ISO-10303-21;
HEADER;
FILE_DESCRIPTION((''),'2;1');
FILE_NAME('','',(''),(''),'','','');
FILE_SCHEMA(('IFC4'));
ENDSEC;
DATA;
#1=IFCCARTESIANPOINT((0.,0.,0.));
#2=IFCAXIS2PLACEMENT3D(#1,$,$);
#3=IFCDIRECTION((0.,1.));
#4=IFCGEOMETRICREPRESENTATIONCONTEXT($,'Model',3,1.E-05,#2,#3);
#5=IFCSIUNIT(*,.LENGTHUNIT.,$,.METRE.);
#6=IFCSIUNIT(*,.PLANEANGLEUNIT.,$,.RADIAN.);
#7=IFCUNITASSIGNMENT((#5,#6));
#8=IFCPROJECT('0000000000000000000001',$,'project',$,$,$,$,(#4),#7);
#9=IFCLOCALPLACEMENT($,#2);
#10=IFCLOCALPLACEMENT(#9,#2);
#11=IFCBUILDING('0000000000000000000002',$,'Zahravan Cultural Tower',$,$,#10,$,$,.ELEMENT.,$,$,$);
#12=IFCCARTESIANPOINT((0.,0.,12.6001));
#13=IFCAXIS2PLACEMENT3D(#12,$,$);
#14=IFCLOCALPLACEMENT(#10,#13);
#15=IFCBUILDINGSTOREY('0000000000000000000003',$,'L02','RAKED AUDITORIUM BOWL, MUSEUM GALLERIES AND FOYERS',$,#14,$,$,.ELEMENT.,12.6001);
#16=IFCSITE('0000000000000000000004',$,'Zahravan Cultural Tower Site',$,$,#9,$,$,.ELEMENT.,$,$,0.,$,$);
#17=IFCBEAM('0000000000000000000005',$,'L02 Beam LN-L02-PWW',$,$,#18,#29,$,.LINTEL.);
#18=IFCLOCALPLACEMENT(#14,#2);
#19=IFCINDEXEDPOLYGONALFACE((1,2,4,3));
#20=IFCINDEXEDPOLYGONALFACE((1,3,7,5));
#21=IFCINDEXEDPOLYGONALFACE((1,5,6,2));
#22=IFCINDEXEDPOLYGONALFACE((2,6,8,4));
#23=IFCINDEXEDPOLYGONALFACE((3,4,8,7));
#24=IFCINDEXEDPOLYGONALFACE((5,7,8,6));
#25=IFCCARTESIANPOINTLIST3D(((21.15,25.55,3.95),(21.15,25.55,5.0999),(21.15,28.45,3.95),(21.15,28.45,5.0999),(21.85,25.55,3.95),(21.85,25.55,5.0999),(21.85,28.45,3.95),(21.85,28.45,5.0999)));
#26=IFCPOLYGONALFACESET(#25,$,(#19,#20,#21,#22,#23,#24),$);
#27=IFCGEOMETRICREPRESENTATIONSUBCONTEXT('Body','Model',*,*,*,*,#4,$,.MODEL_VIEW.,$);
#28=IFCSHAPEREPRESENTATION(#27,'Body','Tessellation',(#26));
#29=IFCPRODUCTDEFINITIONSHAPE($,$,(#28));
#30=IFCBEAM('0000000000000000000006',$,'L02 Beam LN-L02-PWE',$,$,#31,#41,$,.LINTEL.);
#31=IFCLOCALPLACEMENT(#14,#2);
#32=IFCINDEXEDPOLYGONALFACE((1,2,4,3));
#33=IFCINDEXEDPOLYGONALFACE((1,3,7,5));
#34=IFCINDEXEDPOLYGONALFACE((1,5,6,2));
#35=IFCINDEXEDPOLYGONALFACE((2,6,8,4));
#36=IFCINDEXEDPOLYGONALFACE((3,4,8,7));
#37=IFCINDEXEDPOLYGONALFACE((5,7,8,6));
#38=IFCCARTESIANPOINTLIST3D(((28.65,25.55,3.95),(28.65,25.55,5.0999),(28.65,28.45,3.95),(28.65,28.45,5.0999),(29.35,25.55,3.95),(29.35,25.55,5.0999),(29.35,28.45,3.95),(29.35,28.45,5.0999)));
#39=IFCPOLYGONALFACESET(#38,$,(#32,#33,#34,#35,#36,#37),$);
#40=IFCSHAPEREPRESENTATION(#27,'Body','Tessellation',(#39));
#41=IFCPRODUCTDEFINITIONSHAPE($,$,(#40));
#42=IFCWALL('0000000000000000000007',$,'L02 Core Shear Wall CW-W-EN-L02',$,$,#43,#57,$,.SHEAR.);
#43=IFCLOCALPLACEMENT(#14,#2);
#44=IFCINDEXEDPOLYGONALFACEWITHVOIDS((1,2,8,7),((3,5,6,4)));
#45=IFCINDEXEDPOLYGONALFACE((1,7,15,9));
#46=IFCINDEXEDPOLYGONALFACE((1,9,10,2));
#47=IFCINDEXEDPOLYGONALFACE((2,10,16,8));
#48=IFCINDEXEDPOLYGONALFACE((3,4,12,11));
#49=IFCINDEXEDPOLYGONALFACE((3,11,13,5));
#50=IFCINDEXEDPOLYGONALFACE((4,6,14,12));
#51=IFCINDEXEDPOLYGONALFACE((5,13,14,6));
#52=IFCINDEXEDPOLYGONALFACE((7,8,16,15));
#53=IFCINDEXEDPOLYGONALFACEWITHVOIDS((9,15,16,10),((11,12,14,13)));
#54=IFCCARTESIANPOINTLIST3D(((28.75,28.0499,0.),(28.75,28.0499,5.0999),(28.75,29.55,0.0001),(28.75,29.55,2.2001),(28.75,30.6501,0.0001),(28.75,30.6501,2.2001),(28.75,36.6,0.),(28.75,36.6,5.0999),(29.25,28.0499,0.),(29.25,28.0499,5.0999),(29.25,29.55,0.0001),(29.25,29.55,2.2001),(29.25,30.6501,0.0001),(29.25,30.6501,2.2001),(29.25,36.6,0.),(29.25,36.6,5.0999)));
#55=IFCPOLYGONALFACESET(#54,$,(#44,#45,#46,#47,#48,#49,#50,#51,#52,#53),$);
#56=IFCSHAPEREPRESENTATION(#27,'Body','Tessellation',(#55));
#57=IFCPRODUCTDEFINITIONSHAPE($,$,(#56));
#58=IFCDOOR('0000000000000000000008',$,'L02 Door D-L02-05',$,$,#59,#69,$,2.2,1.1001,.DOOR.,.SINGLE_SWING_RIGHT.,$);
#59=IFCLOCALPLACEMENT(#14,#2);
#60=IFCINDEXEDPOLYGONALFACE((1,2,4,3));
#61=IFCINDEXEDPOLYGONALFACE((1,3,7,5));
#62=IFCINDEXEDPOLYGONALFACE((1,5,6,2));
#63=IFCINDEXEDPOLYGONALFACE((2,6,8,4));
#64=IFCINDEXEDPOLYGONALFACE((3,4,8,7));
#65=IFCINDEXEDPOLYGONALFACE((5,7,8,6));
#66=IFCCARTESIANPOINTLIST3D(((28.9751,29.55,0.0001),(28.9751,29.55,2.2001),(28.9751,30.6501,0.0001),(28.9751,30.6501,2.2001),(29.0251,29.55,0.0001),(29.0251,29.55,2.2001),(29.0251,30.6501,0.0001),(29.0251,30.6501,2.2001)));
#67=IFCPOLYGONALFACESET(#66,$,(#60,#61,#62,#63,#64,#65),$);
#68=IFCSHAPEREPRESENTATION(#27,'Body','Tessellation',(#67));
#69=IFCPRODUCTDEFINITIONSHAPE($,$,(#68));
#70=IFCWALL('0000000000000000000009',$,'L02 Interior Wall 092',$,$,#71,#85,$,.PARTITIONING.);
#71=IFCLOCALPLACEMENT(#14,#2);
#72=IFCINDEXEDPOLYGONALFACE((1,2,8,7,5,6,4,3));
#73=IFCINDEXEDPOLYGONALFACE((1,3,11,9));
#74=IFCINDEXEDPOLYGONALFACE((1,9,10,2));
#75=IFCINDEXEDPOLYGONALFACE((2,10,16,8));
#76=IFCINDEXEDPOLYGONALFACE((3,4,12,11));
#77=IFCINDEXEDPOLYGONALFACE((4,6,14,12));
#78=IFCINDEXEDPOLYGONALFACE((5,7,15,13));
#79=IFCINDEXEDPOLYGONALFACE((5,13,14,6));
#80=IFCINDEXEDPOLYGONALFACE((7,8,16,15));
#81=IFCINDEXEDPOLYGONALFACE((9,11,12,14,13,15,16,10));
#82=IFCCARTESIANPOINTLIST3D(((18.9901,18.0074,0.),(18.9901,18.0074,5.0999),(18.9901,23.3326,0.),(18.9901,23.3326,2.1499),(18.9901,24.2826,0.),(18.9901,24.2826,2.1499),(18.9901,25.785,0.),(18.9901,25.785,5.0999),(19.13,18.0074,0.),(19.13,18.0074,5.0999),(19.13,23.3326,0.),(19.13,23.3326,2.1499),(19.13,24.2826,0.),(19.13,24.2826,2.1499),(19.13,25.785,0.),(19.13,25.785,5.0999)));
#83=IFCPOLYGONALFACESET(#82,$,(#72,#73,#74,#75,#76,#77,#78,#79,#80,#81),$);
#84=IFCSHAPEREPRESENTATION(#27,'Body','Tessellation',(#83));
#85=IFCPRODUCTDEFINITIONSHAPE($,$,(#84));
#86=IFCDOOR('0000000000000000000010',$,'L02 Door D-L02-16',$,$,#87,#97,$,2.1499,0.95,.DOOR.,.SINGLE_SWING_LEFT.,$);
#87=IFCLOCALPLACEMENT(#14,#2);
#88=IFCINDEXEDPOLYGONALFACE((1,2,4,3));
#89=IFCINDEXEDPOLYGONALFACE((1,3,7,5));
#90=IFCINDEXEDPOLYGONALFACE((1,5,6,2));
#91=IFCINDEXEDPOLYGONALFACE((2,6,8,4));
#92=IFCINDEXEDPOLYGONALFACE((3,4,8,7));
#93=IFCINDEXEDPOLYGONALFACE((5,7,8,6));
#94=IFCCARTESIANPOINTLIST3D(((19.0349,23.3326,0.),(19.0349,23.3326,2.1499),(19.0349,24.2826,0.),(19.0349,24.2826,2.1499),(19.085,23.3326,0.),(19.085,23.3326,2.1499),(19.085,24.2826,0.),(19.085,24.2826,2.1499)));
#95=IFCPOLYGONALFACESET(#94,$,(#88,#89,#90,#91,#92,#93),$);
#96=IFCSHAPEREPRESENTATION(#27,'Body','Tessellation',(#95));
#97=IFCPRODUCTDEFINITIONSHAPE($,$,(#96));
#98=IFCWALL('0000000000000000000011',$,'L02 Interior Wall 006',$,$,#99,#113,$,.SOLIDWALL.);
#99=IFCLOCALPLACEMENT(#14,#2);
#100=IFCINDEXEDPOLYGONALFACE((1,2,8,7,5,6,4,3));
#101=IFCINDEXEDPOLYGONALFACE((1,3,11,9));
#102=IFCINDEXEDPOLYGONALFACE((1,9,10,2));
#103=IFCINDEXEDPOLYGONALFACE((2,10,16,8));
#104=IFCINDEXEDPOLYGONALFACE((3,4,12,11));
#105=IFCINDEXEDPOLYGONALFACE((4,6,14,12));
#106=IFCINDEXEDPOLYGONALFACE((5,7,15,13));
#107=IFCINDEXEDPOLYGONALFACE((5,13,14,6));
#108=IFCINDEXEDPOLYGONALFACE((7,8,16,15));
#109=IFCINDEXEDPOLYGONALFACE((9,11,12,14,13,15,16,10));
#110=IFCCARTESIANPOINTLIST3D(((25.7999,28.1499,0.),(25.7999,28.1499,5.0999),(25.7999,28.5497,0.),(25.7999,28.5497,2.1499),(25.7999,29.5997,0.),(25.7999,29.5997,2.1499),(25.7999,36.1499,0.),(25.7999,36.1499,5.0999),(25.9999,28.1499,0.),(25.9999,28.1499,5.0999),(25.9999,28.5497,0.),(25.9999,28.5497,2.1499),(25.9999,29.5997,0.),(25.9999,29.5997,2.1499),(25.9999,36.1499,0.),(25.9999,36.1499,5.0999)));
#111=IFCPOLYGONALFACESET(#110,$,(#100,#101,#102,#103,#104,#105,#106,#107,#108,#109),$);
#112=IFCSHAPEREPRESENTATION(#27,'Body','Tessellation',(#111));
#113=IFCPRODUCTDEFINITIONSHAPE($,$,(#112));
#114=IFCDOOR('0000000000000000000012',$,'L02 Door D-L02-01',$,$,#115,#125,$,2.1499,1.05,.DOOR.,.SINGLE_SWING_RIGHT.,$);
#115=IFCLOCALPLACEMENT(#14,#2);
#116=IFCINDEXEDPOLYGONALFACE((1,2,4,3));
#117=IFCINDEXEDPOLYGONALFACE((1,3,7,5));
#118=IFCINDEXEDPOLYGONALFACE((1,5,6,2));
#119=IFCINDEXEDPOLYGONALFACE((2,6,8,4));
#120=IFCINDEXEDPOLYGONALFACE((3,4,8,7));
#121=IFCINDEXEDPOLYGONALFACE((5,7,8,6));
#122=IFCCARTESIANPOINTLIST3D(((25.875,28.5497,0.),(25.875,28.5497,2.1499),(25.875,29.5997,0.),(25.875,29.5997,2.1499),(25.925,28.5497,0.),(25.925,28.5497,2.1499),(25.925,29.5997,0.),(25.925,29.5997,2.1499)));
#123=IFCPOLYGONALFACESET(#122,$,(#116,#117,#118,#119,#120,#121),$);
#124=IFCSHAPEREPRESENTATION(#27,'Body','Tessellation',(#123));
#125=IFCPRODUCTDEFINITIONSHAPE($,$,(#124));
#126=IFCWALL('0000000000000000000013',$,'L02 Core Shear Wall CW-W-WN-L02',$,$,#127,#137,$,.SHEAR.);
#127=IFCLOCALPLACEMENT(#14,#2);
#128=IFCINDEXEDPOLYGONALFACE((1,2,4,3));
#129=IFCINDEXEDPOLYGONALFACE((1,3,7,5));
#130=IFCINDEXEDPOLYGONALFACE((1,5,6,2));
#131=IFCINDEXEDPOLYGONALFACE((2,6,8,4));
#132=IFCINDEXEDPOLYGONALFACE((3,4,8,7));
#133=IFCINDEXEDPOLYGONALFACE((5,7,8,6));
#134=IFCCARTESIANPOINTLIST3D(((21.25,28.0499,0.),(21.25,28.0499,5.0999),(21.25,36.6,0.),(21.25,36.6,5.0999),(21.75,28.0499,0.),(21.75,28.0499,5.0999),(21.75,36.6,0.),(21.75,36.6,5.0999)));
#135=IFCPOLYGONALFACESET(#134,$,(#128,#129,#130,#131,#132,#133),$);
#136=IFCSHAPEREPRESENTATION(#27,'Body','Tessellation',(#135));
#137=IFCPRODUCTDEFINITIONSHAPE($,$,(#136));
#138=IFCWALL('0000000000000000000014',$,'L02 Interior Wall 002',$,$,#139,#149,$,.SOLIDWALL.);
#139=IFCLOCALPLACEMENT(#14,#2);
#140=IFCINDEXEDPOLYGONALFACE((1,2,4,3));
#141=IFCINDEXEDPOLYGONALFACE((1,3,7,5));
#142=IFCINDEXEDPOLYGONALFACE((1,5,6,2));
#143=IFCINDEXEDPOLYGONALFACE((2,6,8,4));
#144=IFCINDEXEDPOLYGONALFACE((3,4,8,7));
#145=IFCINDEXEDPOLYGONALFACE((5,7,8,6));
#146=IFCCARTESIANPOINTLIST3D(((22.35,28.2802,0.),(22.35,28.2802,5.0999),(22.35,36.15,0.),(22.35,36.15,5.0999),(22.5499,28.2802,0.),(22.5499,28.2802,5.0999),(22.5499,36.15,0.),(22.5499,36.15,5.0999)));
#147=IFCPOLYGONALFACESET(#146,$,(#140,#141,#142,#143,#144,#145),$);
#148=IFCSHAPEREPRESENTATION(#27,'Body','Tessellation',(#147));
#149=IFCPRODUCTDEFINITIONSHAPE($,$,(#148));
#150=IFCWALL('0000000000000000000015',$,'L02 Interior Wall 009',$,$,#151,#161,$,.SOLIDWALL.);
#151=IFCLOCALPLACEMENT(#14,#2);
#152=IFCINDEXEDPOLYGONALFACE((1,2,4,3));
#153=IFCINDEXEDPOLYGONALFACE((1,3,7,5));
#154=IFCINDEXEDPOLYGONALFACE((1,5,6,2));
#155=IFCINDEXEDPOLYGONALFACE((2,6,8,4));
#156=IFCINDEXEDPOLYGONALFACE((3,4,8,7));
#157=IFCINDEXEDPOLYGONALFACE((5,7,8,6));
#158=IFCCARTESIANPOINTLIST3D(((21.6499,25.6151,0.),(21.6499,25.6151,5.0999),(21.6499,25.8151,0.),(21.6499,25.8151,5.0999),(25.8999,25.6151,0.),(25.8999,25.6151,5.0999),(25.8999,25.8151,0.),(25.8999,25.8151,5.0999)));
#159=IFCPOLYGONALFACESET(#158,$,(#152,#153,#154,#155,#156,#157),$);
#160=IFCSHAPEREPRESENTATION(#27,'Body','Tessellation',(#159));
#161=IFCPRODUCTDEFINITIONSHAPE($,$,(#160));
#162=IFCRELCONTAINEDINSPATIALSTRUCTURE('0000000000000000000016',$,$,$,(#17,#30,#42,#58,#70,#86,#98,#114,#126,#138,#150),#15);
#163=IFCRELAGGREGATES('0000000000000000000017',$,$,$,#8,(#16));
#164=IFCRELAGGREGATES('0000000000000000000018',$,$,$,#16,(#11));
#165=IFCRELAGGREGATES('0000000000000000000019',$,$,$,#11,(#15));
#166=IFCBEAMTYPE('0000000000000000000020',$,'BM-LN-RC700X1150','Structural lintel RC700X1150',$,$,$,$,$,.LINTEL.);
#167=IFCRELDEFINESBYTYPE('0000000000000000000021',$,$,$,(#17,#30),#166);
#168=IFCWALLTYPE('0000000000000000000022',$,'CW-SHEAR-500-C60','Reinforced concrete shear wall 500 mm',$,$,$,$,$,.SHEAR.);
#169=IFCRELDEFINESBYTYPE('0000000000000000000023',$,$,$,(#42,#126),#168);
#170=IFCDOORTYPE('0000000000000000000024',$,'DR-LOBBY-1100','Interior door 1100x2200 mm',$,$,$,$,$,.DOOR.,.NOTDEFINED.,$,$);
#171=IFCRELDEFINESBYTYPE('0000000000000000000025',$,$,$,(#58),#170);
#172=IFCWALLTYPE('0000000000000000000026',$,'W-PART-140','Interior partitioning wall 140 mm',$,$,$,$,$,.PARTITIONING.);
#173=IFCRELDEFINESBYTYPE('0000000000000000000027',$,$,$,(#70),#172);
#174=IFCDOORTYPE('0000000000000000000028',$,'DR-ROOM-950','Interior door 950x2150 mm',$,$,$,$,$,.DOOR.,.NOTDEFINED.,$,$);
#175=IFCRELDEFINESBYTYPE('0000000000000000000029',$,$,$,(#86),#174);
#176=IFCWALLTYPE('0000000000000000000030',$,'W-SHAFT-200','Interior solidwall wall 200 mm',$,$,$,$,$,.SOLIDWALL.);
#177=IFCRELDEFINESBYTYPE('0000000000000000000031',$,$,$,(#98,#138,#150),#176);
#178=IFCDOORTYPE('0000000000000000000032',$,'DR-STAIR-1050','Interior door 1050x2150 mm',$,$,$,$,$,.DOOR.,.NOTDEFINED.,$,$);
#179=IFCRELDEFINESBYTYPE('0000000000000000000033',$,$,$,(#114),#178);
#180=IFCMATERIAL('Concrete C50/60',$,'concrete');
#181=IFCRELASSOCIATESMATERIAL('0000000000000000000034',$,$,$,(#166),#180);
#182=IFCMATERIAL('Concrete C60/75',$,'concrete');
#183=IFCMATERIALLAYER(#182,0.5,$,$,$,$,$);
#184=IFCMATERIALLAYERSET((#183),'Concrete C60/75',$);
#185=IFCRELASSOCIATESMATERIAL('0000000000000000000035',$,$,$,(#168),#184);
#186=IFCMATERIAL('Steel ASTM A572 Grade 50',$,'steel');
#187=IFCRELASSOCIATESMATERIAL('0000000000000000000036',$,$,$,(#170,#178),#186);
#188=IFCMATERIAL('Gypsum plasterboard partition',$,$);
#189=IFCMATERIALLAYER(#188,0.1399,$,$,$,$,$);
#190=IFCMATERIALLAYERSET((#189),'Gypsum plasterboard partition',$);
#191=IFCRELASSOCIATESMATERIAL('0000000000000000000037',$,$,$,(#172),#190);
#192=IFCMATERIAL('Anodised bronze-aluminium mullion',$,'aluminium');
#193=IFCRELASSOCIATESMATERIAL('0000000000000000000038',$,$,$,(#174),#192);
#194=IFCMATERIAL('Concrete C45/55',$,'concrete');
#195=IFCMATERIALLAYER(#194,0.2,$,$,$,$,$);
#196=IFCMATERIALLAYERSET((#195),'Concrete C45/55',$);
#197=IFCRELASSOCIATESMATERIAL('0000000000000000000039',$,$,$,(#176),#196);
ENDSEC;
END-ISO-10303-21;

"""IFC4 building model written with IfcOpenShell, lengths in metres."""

from ifc_helpers import new_model, si_unit, direction, frame, frame_2d, origin, origin_2d, place, context, subcontext, project, spatial, rectangle, extrude, source, transform, mapped, material, layer, layer_set, material_profile, profile_set, type_object, element, fill, save


model = new_model("IFC4")

# Units and contexts
model_context = context("Model", 3, precision=1e-05, world=origin(), true_north=direction((0.0, 1.0)))
body_context = subcontext(model_context, "Body", "Model", "MODEL_VIEW")
ifc_project = project(units=[si_unit("LENGTHUNIT", "METRE"), si_unit("PLANEANGLEUNIT", "RADIAN")], contexts=[model_context])

# Site, building, storey
site_placement = place(None, origin())
site = spatial("IfcSite", under=ifc_project, at=site_placement, Name="Zahravan Cultural Tower Site", CompositionType="ELEMENT", RefElevation=0.0)
building_placement = place(site_placement, origin())
building = spatial("IfcBuilding", under=site, at=building_placement, Name="Zahravan Cultural Tower", CompositionType="ELEMENT")
storey_placement = place(building_placement, frame((0.0, 0.0, 12.6001)))
storey = spatial("IfcBuildingStorey", under=building, at=storey_placement, Name="L02", Description="RAKED AUDITORIUM BOWL, MUSEUM GALLERIES AND FOYERS", CompositionType="ELEMENT", Elevation=12.6001)

# Beams
ifc_material_1 = material(Name="Concrete C50/60", Category="concrete")
ifc_material_profile = material_profile(ifc_material_1, rectangle(XDim=0.7, YDim=1.1499, at=origin_2d()), Name="RC700X1150")
ifc_profile_set = profile_set([ifc_material_profile], Name="Concrete C50/60")
beam_type = type_object("IfcBeamType", Name="BM-LN-RC700X1150", Description="Structural lintel RC700X1150", PredefinedType="LINTEL", material=ifc_profile_set)
shared_shape_1 = source(origin(), body_context, "Body", "SweptSolid", [
    extrude(rectangle(XDim=0.7, YDim=1.1499, at=origin_2d()), origin(), (0.0, 0.0, 1.0), 2.8999),
])
for number, where, z_axis, x_axis, name in (
    (1, (21.5, 25.55, 4.5249), (0.0, 1.0, 0.0), (-1.0, 0.0, 0.0), "L02 Beam LN-L02-PWW"),
    (2, (29.0, 25.55, 4.5249), (0.0, 1.0, 0.0), (-1.0, 0.0, 0.0), "L02 Beam LN-L02-PWE"),
):
    element("IfcBeam", number, at=place(storey_placement, frame(where, z_axis=z_axis, x_axis=x_axis)), inside=storey, type_object=beam_type, Name=name, PredefinedType="LINTEL", context=body_context, shape_type="MappedRepresentation", body=[
        mapped(shared_shape_1, transform((0.0, 0.0, 0.0), x_axis=(1.0, 0.0, 0.0), y_axis=(0.0, 1.0, 0.0), z_axis=(0.0, 0.0, 1.0), scale=1.0)),
    ])

# Walls, openings, doors
ifc_material_2 = material(Name="Concrete C60/75", Category="concrete")
ifc_layer_1 = layer(ifc_material_2, 0.5)
ifc_layer_set_1 = layer_set([ifc_layer_1], Name="Concrete C60/75")
wall_type_1 = type_object("IfcWallType", Name="CW-SHEAR-500-C60", Description="Reinforced concrete shear wall 500 mm", PredefinedType="SHEAR", material=ifc_layer_set_1)
wall_1_placement = place(storey_placement, frame((29.0, 28.05, 0.0), z_axis=(0.0, 0.0, 1.0), x_axis=(0.0, 1.0, 0.0)))
wall_1 = element("IfcWall", 3, at=wall_1_placement, inside=storey, type_object=wall_type_1, Name="L02 Core Shear Wall CW-W-EN-L02", PredefinedType="SHEAR", context=body_context, shape_type="SweptSolid", body=[
    extrude(rectangle(XDim=8.55, YDim=0.5, at=frame_2d((4.2749, 0.0))), origin(), (0.0, 0.0, 1.0), 5.0999),
])
opening_1_placement = place(wall_1_placement, frame((1.5, 0.0, 0.0)))
opening_1 = element("IfcOpeningElement", 4, at=opening_1_placement, cuts=wall_1, PredefinedType="OPENING", context=body_context, shape_type="SweptSolid", body=[
    extrude(rectangle(XDim=1.1001, YDim=2.2, at=frame_2d((0.55, 1.1001))), frame((0.0, 0.26, 0.0), z_axis=(0.0, -1.0, 0.0), x_axis=(1.0, 0.0, 0.0)), (0.0, 0.0, 1.0), 0.52),
])
ifc_material_3 = material(Name="Steel ASTM A572 Grade 50", Category="steel")
door_type_1 = type_object("IfcDoorType", Name="DR-LOBBY-1100", Description="Interior door 1100x2200 mm", OperationType="NOTDEFINED", PredefinedType="DOOR", material=ifc_material_3)
shared_shape_2 = source(origin(), body_context, "Body", "SweptSolid", [
    extrude(rectangle(XDim=1.1001, YDim=2.2, at=frame_2d((0.55, 1.1001))), frame((0.0, 0.0249, 0.0), z_axis=(0.0, -1.0, 0.0), x_axis=(1.0, 0.0, 0.0)), (0.0, 0.0, 1.0), 0.05),
])
door_1_placement = place(opening_1_placement, origin())
door_1 = element("IfcDoor", 5, at=door_1_placement, inside=storey, type_object=door_type_1, Name="L02 Door D-L02-05", OperationType="SINGLE_SWING_RIGHT", OverallHeight=2.2, OverallWidth=1.1001, PredefinedType="DOOR", context=body_context, shape_type="MappedRepresentation", body=[
    mapped(shared_shape_2, transform((0.0, 0.0, 0.0), x_axis=(1.0, 0.0, 0.0), y_axis=(0.0, 1.0, 0.0), z_axis=(0.0, 0.0, 1.0), scale=1.0)),
])
fill(opening_1, door_1)
ifc_material_4 = material(Name="Gypsum plasterboard partition")
ifc_layer_2 = layer(ifc_material_4, 0.1399)
ifc_layer_set_2 = layer_set([ifc_layer_2], Name="Gypsum plasterboard partition")
wall_type_2 = type_object("IfcWallType", Name="W-PART-140", Description="Interior partitioning wall 140 mm", PredefinedType="PARTITIONING", material=ifc_layer_set_2)
wall_2_placement = place(storey_placement, frame((19.0601, 25.7849, 0.0), z_axis=(0.0, 0.0, 1.0), x_axis=(0.0, -1.0, 0.0)))
wall_2 = element("IfcWall", 6, at=wall_2_placement, inside=storey, type_object=wall_type_2, Name="L02 Interior Wall 092", PredefinedType="PARTITIONING", context=body_context, shape_type="SweptSolid", body=[
    extrude(rectangle(XDim=7.7776, YDim=0.1399, at=frame_2d((3.8887, 0.0))), origin(), (0.0, 0.0, 1.0), 5.0999),
])
opening_2_placement = place(wall_2_placement, frame((1.5022, 0.0, 0.0)))
opening_2 = element("IfcOpeningElement", 7, at=opening_2_placement, cuts=wall_2, PredefinedType="OPENING", context=body_context, shape_type="SweptSolid", body=[
    extrude(rectangle(XDim=0.95, YDim=2.1499, at=frame_2d((0.4751, 1.075))), frame((0.0, 0.0798, 0.0), z_axis=(0.0, -1.0, 0.0), x_axis=(1.0, 0.0, 0.0)), (0.0, 0.0, 1.0), 0.1599),
])
ifc_material_5 = material(Name="Anodised bronze-aluminium mullion", Category="aluminium")
door_type_2 = type_object("IfcDoorType", Name="DR-ROOM-950", Description="Interior door 950x2150 mm", OperationType="NOTDEFINED", PredefinedType="DOOR", material=ifc_material_5)
shared_shape_3 = source(origin(), body_context, "Body", "SweptSolid", [
    extrude(rectangle(XDim=0.95, YDim=2.1499, at=frame_2d((0.4751, 1.075))), frame((0.0, 0.0249, 0.0), z_axis=(0.0, -1.0, 0.0), x_axis=(1.0, 0.0, 0.0)), (0.0, 0.0, 1.0), 0.05),
])
door_2_placement = place(opening_2_placement, origin())
door_2 = element("IfcDoor", 8, at=door_2_placement, inside=storey, type_object=door_type_2, Name="L02 Door D-L02-16", OperationType="SINGLE_SWING_LEFT", OverallHeight=2.1499, OverallWidth=0.95, PredefinedType="DOOR", context=body_context, shape_type="MappedRepresentation", body=[
    mapped(shared_shape_3, transform((0.0, 0.0, 0.0), x_axis=(1.0, 0.0, 0.0), y_axis=(0.0, 1.0, 0.0), z_axis=(0.0, 0.0, 1.0), scale=1.0)),
])
fill(opening_2, door_2)
ifc_material_6 = material(Name="Concrete C45/55", Category="concrete")
ifc_layer_3 = layer(ifc_material_6, 0.2)
ifc_layer_set_3 = layer_set([ifc_layer_3], Name="Concrete C45/55")
wall_type_3 = type_object("IfcWallType", Name="W-SHAFT-200", Description="Interior solidwall wall 200 mm", PredefinedType="SOLIDWALL", material=ifc_layer_set_3)
wall_3_placement = place(storey_placement, frame((25.8999, 28.1499, 0.0), z_axis=(0.0, 0.0, 1.0), x_axis=(0.0, 1.0, 0.0)))
wall_3 = element("IfcWall", 9, at=wall_3_placement, inside=storey, type_object=wall_type_3, Name="L02 Interior Wall 006", PredefinedType="SOLIDWALL", context=body_context, shape_type="SweptSolid", body=[
    extrude(rectangle(XDim=8.0, YDim=0.2, at=frame_2d((4.0, 0.0))), origin(), (0.0, 0.0, 1.0), 5.0999),
])
opening_3_placement = place(wall_3_placement, frame((0.3999, 0.0, 0.0)))
opening_3 = element("IfcOpeningElement", 10, at=opening_3_placement, cuts=wall_3, PredefinedType="OPENING", context=body_context, shape_type="SweptSolid", body=[
    extrude(rectangle(XDim=1.05, YDim=2.1499, at=frame_2d((0.5249, 1.075))), frame((0.0, 0.1099, 0.0), z_axis=(0.0, -1.0, 0.0), x_axis=(1.0, 0.0, 0.0)), (0.0, 0.0, 1.0), 0.22),
])
door_type_3 = type_object("IfcDoorType", Name="DR-STAIR-1050", Description="Interior door 1050x2150 mm", OperationType="NOTDEFINED", PredefinedType="DOOR", material=ifc_material_3)
shared_shape_4 = source(origin(), body_context, "Body", "SweptSolid", [
    extrude(rectangle(XDim=1.05, YDim=2.1499, at=frame_2d((0.5249, 1.075))), frame((0.0, 0.0249, 0.0), z_axis=(0.0, -1.0, 0.0), x_axis=(1.0, 0.0, 0.0)), (0.0, 0.0, 1.0), 0.05),
])
door_3_placement = place(opening_3_placement, origin())
door_3 = element("IfcDoor", 11, at=door_3_placement, inside=storey, type_object=door_type_3, Name="L02 Door D-L02-01", OperationType="SINGLE_SWING_RIGHT", OverallHeight=2.1499, OverallWidth=1.05, PredefinedType="DOOR", context=body_context, shape_type="MappedRepresentation", body=[
    mapped(shared_shape_4, transform((0.0, 0.0, 0.0), x_axis=(1.0, 0.0, 0.0), y_axis=(0.0, 1.0, 0.0), z_axis=(0.0, 0.0, 1.0), scale=1.0)),
])
fill(opening_3, door_3)

# Walls
shared_shape_5 = source(origin(), body_context, "Body", "SweptSolid", [
    extrude(rectangle(XDim=8.55, YDim=0.5, at=frame_2d((4.2749, 0.0))), origin(), (0.0, 0.0, 1.0), 5.0999),
])
wall_4_placement = place(storey_placement, frame((21.5, 28.05, 0.0), z_axis=(0.0, 0.0, 1.0), x_axis=(0.0, 1.0, 0.0)))
element("IfcWall", 12, at=wall_4_placement, inside=storey, type_object=wall_type_1, Name="L02 Core Shear Wall CW-W-WN-L02", PredefinedType="SHEAR", context=body_context, shape_type="MappedRepresentation", body=[
    mapped(shared_shape_5, transform((0.0, 0.0, 0.0), x_axis=(1.0, 0.0, 0.0), y_axis=(0.0, 1.0, 0.0), z_axis=(0.0, 0.0, 1.0), scale=1.0)),
])
shared_shape_6 = source(origin(), body_context, "Body", "SweptSolid", [
    extrude(rectangle(XDim=7.8699, YDim=0.2, at=frame_2d((3.9351, 0.0))), origin(), (0.0, 0.0, 1.0), 5.0999),
])
wall_5_placement = place(storey_placement, frame((22.45, 28.28, 0.0), z_axis=(0.0, 0.0, 1.0), x_axis=(0.0, 1.0, 0.0)))
element("IfcWall", 13, at=wall_5_placement, inside=storey, type_object=wall_type_3, Name="L02 Interior Wall 002", PredefinedType="SOLIDWALL", context=body_context, shape_type="MappedRepresentation", body=[
    mapped(shared_shape_6, transform((0.0, 0.0, 0.0), x_axis=(1.0, 0.0, 0.0), y_axis=(0.0, 1.0, 0.0), z_axis=(0.0, 0.0, 1.0), scale=1.0)),
])
shared_shape_7 = source(origin(), body_context, "Body", "SweptSolid", [
    extrude(rectangle(XDim=4.25, YDim=0.2, at=frame_2d((2.125, 0.0))), origin(), (0.0, 0.0, 1.0), 5.0999),
])
for number, where, z_axis, x_axis, name in (
    (14, (21.6499, 25.7151, 0.0), (0.0, 0.0, 1.0), (1.0, 0.0, 0.0), "L02 Interior Wall 009"),
):
    element("IfcWall", number, at=place(storey_placement, frame(where, z_axis=z_axis, x_axis=x_axis)), inside=storey, type_object=wall_type_3, Name=name, PredefinedType="SOLIDWALL", context=body_context, shape_type="MappedRepresentation", body=[
        mapped(shared_shape_7, transform((0.0, 0.0, 0.0), x_axis=(1.0, 0.0, 0.0), y_axis=(0.0, 1.0, 0.0), z_axis=(0.0, 0.0, 1.0), scale=1.0)),
    ])

save(model, "model.ifc")
